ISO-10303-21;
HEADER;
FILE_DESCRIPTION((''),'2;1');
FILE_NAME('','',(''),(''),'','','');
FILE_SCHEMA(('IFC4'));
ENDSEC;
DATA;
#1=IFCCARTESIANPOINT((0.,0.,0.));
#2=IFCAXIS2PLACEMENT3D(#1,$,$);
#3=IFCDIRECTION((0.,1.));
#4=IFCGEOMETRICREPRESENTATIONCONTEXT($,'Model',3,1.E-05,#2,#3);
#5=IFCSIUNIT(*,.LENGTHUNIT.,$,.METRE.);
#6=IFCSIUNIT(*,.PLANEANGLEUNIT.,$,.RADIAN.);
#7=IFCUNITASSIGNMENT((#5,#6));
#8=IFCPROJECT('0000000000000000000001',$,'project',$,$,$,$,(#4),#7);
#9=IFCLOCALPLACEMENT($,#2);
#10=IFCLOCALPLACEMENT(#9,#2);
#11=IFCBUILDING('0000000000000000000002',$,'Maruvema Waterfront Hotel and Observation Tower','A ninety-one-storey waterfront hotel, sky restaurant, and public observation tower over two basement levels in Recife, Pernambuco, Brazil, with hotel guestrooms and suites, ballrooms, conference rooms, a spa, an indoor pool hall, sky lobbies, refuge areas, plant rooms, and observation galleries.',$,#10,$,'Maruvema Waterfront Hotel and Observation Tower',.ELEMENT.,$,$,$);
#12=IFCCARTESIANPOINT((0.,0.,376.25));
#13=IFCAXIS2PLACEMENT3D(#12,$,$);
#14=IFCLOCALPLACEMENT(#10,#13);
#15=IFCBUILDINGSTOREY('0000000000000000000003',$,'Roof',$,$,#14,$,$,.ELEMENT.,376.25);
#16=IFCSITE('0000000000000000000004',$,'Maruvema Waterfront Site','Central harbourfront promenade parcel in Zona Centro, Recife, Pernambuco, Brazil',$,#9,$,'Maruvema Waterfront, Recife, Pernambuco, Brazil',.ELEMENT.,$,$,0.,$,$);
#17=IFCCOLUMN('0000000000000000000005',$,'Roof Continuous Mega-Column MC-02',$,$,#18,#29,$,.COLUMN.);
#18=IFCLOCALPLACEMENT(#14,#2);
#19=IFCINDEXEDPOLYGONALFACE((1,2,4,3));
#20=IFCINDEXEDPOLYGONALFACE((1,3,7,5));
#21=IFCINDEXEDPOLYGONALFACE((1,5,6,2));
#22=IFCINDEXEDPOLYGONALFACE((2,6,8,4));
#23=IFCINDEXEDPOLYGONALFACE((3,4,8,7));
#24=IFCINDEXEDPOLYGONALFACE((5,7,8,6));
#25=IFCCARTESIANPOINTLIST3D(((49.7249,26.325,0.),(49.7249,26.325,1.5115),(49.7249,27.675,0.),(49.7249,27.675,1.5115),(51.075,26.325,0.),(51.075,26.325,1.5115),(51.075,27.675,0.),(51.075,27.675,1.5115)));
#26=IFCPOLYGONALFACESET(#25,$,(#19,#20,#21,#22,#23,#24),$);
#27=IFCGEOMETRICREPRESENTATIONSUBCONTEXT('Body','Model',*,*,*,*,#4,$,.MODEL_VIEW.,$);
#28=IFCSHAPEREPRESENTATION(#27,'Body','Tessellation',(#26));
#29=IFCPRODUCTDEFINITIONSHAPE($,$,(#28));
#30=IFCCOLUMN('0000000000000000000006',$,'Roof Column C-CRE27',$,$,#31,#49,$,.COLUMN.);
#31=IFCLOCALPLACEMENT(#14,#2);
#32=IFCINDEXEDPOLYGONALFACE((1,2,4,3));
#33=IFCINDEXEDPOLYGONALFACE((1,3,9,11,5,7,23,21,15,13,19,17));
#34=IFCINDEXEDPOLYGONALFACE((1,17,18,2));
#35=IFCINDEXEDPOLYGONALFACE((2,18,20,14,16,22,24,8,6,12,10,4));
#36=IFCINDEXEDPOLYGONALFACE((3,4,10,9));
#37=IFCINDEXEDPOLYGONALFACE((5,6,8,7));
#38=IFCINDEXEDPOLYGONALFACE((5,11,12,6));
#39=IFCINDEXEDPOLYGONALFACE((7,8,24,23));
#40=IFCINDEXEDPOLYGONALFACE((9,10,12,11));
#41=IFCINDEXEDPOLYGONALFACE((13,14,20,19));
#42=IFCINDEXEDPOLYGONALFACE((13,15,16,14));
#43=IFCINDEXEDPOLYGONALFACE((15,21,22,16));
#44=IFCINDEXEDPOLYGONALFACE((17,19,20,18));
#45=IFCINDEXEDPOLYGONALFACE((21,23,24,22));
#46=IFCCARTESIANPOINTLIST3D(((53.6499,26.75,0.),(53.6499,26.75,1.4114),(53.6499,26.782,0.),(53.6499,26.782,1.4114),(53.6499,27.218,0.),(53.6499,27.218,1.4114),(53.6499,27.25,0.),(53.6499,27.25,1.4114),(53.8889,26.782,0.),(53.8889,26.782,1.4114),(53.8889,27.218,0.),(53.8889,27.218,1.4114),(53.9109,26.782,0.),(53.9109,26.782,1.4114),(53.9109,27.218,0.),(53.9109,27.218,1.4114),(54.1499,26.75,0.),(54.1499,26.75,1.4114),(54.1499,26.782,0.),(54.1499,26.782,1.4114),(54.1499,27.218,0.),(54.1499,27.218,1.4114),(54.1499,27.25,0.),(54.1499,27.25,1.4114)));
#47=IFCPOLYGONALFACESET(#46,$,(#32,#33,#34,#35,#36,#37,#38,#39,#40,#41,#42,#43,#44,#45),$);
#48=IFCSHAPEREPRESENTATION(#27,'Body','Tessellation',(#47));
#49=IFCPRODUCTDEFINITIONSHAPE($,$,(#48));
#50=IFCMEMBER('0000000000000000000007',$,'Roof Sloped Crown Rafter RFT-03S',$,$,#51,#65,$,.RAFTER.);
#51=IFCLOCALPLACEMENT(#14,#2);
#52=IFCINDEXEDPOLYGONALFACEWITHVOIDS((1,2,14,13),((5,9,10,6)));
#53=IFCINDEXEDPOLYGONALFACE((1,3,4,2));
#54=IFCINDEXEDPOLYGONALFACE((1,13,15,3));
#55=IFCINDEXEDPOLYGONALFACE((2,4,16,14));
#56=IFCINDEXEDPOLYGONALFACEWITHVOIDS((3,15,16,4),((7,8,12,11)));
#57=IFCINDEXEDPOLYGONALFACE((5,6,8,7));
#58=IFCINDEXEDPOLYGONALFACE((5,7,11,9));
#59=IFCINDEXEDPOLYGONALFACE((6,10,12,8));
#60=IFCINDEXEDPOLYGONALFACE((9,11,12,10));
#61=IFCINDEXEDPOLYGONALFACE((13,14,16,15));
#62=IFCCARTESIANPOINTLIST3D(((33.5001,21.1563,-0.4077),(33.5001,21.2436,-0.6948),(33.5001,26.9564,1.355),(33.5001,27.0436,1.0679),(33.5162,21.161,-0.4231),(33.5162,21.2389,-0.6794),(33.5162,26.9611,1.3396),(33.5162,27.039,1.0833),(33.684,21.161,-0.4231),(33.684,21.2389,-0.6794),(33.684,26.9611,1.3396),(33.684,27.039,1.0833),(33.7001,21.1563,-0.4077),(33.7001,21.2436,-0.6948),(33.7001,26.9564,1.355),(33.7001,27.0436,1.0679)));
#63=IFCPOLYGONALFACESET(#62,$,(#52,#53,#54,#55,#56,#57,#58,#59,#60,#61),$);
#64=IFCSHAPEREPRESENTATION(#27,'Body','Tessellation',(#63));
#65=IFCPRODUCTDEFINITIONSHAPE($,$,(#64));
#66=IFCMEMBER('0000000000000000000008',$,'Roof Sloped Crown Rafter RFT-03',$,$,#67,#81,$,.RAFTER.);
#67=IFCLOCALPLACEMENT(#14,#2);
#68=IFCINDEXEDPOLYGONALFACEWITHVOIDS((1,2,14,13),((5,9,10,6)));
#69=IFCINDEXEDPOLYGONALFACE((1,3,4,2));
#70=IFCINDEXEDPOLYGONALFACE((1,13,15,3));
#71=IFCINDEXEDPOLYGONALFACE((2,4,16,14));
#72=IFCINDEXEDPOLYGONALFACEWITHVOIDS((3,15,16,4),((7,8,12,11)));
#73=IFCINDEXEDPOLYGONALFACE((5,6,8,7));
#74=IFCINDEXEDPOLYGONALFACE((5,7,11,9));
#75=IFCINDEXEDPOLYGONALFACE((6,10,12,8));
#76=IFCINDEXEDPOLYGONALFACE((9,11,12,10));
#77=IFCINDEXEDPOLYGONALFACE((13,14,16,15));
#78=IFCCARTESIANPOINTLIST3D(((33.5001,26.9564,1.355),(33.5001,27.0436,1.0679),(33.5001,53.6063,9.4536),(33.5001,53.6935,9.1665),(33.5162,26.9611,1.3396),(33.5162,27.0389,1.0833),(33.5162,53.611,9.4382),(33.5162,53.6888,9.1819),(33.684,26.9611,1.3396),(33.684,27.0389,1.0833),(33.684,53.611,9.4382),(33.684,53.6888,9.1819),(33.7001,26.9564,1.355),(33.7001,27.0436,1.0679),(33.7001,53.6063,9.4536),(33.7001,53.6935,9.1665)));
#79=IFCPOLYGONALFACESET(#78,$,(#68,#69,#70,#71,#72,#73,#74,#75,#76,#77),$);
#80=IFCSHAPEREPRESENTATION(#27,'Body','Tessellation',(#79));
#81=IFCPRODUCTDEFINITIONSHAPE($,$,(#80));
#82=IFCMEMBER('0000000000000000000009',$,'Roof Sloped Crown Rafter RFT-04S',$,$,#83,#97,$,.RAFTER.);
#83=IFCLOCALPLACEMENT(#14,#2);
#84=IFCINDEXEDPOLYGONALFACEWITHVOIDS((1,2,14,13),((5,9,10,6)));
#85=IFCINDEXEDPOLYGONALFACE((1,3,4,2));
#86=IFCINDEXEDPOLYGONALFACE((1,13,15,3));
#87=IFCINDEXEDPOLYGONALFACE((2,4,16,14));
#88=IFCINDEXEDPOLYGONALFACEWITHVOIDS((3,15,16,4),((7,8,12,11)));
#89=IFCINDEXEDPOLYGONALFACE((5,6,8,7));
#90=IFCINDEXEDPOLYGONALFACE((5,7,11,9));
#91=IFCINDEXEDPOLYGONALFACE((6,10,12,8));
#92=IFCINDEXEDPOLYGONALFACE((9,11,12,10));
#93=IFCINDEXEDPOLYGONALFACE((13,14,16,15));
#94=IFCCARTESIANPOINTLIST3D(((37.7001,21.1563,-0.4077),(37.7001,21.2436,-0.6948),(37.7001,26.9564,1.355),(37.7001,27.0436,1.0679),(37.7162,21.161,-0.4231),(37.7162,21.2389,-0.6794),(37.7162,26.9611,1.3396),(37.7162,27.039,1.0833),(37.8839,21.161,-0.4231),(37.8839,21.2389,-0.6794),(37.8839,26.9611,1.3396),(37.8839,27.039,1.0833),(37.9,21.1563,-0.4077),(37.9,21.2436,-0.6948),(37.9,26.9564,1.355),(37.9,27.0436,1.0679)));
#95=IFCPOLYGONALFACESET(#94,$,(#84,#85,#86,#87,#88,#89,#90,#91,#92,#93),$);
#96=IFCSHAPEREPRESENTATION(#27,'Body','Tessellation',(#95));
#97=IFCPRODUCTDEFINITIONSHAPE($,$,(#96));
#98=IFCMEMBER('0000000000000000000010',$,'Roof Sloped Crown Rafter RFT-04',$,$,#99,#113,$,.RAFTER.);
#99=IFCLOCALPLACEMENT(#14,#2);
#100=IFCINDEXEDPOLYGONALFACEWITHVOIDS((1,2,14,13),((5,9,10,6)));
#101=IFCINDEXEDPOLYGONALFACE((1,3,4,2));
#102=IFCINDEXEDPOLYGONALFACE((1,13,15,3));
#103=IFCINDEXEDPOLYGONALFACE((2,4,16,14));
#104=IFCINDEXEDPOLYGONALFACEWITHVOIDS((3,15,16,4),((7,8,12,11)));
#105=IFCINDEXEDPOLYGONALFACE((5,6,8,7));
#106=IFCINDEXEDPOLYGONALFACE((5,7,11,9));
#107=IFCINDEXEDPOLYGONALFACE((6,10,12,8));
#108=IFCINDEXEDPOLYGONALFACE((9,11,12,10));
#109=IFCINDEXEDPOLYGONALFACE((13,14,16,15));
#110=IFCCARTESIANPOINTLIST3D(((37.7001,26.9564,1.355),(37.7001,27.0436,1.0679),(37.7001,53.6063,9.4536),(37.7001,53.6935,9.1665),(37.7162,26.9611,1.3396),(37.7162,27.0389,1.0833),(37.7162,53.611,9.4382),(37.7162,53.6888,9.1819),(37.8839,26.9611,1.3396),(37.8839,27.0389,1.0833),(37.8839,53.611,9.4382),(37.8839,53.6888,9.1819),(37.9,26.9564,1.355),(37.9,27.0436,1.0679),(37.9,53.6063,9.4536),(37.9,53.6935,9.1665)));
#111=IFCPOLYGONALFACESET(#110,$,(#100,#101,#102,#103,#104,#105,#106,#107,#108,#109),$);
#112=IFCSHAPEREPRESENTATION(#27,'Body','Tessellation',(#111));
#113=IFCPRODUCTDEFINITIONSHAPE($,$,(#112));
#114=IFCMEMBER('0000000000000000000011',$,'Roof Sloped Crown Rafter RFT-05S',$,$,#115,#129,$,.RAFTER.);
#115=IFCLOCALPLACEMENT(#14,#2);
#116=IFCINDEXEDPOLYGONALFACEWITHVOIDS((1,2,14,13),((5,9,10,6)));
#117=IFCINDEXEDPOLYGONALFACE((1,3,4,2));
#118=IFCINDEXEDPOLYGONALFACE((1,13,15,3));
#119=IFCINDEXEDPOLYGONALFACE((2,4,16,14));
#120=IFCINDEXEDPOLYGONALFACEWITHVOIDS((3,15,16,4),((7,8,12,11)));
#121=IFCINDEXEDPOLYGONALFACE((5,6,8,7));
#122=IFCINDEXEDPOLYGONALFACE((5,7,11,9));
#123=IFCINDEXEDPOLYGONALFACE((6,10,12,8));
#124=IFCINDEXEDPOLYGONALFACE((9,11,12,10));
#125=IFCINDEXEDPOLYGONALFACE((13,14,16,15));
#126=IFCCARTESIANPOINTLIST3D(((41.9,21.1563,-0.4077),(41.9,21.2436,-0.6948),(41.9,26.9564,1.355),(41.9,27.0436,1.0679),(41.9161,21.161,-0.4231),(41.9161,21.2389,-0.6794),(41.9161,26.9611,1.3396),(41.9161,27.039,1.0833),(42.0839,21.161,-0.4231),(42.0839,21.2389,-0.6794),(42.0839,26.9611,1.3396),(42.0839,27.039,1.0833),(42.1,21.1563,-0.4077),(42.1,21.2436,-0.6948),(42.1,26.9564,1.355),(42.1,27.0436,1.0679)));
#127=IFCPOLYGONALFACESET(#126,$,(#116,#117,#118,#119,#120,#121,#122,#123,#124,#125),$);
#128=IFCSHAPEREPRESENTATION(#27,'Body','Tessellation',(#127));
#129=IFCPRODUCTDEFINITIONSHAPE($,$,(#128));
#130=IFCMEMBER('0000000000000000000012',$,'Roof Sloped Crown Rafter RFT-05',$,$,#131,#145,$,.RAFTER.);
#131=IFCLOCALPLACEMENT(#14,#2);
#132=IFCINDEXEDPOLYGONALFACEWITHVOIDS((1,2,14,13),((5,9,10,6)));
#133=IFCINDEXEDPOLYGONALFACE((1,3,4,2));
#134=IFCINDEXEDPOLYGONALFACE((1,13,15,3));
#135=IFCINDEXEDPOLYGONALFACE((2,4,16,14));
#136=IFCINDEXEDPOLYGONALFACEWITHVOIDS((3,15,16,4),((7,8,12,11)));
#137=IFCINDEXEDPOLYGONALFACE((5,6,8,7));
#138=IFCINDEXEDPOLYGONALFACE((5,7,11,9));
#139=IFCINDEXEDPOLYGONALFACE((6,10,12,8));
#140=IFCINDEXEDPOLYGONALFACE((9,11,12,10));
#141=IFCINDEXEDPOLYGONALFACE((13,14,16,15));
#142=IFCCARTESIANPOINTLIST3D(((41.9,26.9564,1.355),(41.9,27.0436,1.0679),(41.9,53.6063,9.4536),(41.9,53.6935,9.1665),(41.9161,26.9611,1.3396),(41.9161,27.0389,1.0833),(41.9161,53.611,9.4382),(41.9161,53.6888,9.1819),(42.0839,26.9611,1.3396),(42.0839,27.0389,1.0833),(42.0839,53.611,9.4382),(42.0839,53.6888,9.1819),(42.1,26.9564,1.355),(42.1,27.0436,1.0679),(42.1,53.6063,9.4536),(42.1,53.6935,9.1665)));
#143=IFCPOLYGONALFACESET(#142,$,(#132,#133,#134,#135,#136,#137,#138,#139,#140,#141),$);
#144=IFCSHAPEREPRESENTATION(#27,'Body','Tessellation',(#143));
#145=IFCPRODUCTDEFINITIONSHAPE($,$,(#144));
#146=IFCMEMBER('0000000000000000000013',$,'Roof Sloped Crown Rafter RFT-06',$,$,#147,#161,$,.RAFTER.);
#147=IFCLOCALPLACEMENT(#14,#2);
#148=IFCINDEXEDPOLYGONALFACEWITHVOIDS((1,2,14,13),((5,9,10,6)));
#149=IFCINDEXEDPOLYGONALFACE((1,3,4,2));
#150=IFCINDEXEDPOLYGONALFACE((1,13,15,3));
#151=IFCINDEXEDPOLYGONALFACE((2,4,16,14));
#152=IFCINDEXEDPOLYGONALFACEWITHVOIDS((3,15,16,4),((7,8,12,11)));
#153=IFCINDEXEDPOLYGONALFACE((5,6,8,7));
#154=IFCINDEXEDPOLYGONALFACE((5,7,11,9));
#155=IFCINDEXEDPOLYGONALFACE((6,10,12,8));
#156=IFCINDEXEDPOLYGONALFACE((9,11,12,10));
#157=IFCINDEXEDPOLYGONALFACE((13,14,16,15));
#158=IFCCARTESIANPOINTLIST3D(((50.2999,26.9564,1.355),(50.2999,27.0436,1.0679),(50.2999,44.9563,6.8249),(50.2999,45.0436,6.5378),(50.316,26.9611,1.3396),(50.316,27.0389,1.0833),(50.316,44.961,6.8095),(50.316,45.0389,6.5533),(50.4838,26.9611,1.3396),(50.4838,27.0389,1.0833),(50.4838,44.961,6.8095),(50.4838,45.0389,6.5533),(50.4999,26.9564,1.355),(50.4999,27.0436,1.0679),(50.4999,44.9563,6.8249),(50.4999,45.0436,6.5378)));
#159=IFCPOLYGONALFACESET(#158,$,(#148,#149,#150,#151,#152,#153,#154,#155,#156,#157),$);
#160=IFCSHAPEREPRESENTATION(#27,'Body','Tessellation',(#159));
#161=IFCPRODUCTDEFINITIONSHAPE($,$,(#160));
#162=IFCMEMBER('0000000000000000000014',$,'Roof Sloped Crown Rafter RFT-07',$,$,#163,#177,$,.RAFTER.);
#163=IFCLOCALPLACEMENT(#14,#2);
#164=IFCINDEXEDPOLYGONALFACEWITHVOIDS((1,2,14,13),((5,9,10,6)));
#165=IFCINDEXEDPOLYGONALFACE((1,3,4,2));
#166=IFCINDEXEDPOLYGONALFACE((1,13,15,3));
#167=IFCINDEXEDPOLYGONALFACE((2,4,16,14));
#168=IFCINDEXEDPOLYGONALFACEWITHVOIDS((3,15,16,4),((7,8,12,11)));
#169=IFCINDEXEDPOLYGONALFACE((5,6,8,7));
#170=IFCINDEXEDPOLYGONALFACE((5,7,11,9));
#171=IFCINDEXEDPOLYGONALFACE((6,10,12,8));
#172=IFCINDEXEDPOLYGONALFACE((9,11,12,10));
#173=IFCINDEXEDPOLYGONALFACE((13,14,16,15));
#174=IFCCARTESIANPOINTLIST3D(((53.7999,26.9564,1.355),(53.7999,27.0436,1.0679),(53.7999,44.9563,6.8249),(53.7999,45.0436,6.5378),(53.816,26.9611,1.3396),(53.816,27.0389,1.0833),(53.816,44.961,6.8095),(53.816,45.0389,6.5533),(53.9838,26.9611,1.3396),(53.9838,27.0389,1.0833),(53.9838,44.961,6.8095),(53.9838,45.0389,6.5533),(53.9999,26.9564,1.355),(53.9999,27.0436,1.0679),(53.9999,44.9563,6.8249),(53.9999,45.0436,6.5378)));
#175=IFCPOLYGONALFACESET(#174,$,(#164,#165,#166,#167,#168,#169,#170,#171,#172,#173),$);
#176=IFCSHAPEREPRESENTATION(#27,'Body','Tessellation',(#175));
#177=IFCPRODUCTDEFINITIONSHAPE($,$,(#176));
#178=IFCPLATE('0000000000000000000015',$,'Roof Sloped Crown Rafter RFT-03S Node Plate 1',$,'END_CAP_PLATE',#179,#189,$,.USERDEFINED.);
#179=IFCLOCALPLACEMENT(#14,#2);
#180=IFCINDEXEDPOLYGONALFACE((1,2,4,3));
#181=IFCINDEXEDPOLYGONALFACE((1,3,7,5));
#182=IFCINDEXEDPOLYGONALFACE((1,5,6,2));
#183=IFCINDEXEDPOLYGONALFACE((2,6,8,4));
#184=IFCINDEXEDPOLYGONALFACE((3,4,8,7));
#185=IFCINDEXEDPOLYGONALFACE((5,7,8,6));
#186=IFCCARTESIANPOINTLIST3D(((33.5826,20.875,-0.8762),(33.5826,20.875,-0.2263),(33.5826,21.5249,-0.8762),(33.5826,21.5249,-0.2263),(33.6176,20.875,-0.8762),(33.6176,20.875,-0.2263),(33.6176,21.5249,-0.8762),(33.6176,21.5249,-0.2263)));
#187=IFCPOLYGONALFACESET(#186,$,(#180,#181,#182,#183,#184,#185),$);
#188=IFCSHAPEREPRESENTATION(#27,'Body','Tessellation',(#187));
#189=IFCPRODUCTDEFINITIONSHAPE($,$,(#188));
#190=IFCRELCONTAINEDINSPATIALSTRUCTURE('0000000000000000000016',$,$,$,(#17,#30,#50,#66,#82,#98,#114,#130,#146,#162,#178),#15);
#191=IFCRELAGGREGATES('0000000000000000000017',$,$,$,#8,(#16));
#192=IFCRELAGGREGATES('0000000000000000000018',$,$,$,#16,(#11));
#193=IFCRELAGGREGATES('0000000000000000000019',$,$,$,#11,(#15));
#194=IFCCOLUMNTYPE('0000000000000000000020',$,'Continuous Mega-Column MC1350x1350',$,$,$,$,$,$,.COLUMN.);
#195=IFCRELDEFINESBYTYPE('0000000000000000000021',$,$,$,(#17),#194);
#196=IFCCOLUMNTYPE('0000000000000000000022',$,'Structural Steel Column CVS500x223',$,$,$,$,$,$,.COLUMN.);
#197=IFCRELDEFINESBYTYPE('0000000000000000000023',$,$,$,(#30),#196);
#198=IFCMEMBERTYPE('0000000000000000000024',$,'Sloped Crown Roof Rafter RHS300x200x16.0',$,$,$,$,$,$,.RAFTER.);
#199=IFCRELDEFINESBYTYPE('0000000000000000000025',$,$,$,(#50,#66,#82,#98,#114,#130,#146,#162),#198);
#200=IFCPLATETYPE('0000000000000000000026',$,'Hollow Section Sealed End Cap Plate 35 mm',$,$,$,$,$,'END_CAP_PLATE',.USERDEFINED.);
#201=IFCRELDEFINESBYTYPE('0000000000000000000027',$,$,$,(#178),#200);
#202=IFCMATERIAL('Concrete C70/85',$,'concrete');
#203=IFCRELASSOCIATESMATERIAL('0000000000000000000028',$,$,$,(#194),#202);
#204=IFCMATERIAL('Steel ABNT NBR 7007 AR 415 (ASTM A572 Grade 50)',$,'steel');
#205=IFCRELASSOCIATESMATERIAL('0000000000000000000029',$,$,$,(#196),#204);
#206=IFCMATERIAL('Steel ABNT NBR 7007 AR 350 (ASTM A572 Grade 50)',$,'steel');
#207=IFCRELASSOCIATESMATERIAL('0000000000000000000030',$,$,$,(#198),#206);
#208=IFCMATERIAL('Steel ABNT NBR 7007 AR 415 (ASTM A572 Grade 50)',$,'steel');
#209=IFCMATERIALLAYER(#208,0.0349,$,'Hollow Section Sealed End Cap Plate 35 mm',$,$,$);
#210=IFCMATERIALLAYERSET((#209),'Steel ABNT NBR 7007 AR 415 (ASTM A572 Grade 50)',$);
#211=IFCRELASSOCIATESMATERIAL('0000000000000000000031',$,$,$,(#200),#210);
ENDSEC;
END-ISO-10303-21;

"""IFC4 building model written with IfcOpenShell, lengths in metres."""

from ifc_helpers import new_model, si_unit, direction, frame, origin, origin_2d, place, context, subcontext, project, spatial, rectangle, hollow_rectangle, i_section, extrude, material, layer, layer_set, material_profile, profile_set, type_object, element, save


model = new_model("IFC4")

# Units and contexts
model_context = context("Model", 3, precision=1e-05, world=origin(), true_north=direction((0.0, 1.0)))
body_context = subcontext(model_context, "Body", "Model", "MODEL_VIEW")
ifc_project = project(units=[si_unit("LENGTHUNIT", "METRE"), si_unit("PLANEANGLEUNIT", "RADIAN")], contexts=[model_context])

# Site, building, storey
site_placement = place(None, origin())
site = spatial("IfcSite", under=ifc_project, at=site_placement, Name="Maruvema Waterfront Site", Description="Central harbourfront promenade parcel in Zona Centro, Recife, Pernambuco, Brazil", LongName="Maruvema Waterfront, Recife, Pernambuco, Brazil", CompositionType="ELEMENT", RefElevation=0.0)
building_placement = place(site_placement, origin())
building = spatial("IfcBuilding", under=site, at=building_placement, Name="Maruvema Waterfront Hotel and Observation Tower", Description="A ninety-one-storey waterfront hotel, sky restaurant, and public observation tower over two basement levels in Recife, Pernambuco, Brazil, with hotel guestrooms and suites, ballrooms, conference rooms, a spa, an indoor pool hall, sky lobbies, refuge areas, plant rooms, and observation galleries.", LongName="Maruvema Waterfront Hotel and Observation Tower", CompositionType="ELEMENT")
storey_placement = place(building_placement, frame((0.0, 0.0, 376.25)))
storey = spatial("IfcBuildingStorey", under=building, at=storey_placement, Name="Roof", CompositionType="ELEMENT", Elevation=376.25)

# Columns
ifc_material_1 = material(Name="Concrete C70/85", Category="concrete")
ifc_material_profile_1 = material_profile(ifc_material_1, rectangle(XDim=1.3501, YDim=1.3501, at=origin_2d()), Name="MC1350x1350")
ifc_profile_set_1 = profile_set([ifc_material_profile_1], Name="Concrete C70/85")
column_type_1 = type_object("IfcColumnType", Name="Continuous Mega-Column MC1350x1350", PredefinedType="COLUMN", material=ifc_profile_set_1)
column_1_placement = place(storey_placement, frame((50.3999, 27.0, 0.0), z_axis=(0.0, 0.0, 1.0), x_axis=(1.0, 0.0, 0.0)))
element("IfcColumn", 1, at=column_1_placement, inside=storey, type_object=column_type_1, Name="Roof Continuous Mega-Column MC-02", PredefinedType="COLUMN", context=body_context, shape_type="SweptSolid", body=[
    extrude(rectangle(XDim=1.3501, YDim=1.3501, at=origin_2d()), origin(), (0.0, 0.0, 1.0), 1.5115),
])
ifc_material_2 = material(Name="Steel ABNT NBR 7007 AR 415 (ASTM A572 Grade 50)", Category="steel")
ifc_material_profile_2 = material_profile(ifc_material_2, i_section(OverallWidth=0.5, OverallDepth=0.5, WebThickness=0.022, FlangeThickness=0.032, at=origin_2d()), Name="CVS500x223")
ifc_profile_set_2 = profile_set([ifc_material_profile_2], Name="Steel ABNT NBR 7007 AR 415 (ASTM A572 Grade 50)")
column_type_2 = type_object("IfcColumnType", Name="Structural Steel Column CVS500x223", PredefinedType="COLUMN", material=ifc_profile_set_2)
column_2_placement = place(storey_placement, frame((53.8999, 27.0, 0.0), z_axis=(0.0, 0.0, 1.0), x_axis=(1.0, 0.0, 0.0)))
element("IfcColumn", 2, at=column_2_placement, inside=storey, type_object=column_type_2, Name="Roof Column C-CRE27", PredefinedType="COLUMN", context=body_context, shape_type="SweptSolid", body=[
    extrude(i_section(OverallWidth=0.5, OverallDepth=0.5, WebThickness=0.022, FlangeThickness=0.032, at=origin_2d()), origin(), (0.0, 0.0, 1.0), 1.4114),
])

# Members
ifc_material_3 = material(Name="Steel ABNT NBR 7007 AR 350 (ASTM A572 Grade 50)", Category="steel")
ifc_material_profile_3 = material_profile(ifc_material_3, hollow_rectangle(XDim=0.2, YDim=0.3, WallThickness=0.0161, at=origin_2d()), Name="RHS300x200x16.0")
ifc_profile_set_3 = profile_set([ifc_material_profile_3], Name="Steel ABNT NBR 7007 AR 350 (ASTM A572 Grade 50)")
member_type = type_object("IfcMemberType", Name="Sloped Crown Roof Rafter RHS300x200x16.0", PredefinedType="RAFTER", material=ifc_profile_set_3)
member_1_placement = place(storey_placement, frame((33.6001, 21.2, -0.5513), z_axis=(0.0, 0.95679, 0.290779), x_axis=(-1.0, 0.0, 0.0)))
element("IfcMember", 3, at=member_1_placement, inside=storey, type_object=member_type, Name="Roof Sloped Crown Rafter RFT-03S", PredefinedType="RAFTER", context=body_context, shape_type="SweptSolid", body=[
    extrude(hollow_rectangle(XDim=0.2, YDim=0.3, WallThickness=0.0161, at=origin_2d()), origin(), (0.0, 0.0, 1.0), 6.062),
])
member_2_placement = place(storey_placement, frame((33.6001, 27.0, 1.2114), z_axis=(0.0, 0.956796, 0.29076), x_axis=(-1.0, 0.0, 0.0)))
element("IfcMember", 4, at=member_2_placement, inside=storey, type_object=member_type, Name="Roof Sloped Crown Rafter RFT-03", PredefinedType="RAFTER", context=body_context, shape_type="SweptSolid", body=[
    extrude(hollow_rectangle(XDim=0.2, YDim=0.3, WallThickness=0.0161, at=origin_2d()), origin(), (0.0, 0.0, 1.0), 27.8533),
])
member_3_placement = place(storey_placement, frame((37.8, 21.2, -0.5513), z_axis=(0.0, 0.95679, 0.290779), x_axis=(-1.0, 0.0, 0.0)))
element("IfcMember", 5, at=member_3_placement, inside=storey, type_object=member_type, Name="Roof Sloped Crown Rafter RFT-04S", PredefinedType="RAFTER", context=body_context, shape_type="SweptSolid", body=[
    extrude(hollow_rectangle(XDim=0.2, YDim=0.3, WallThickness=0.0161, at=origin_2d()), origin(), (0.0, 0.0, 1.0), 6.062),
])
member_4_placement = place(storey_placement, frame((37.8, 27.0, 1.2114), z_axis=(0.0, 0.956796, 0.29076), x_axis=(-1.0, 0.0, 0.0)))
element("IfcMember", 6, at=member_4_placement, inside=storey, type_object=member_type, Name="Roof Sloped Crown Rafter RFT-04", PredefinedType="RAFTER", context=body_context, shape_type="SweptSolid", body=[
    extrude(hollow_rectangle(XDim=0.2, YDim=0.3, WallThickness=0.0161, at=origin_2d()), origin(), (0.0, 0.0, 1.0), 27.8533),
])
member_5_placement = place(storey_placement, frame((42.0, 21.2, -0.5513), z_axis=(0.0, 0.95679, 0.290779), x_axis=(-1.0, 0.0, 0.0)))
element("IfcMember", 7, at=member_5_placement, inside=storey, type_object=member_type, Name="Roof Sloped Crown Rafter RFT-05S", PredefinedType="RAFTER", context=body_context, shape_type="SweptSolid", body=[
    extrude(hollow_rectangle(XDim=0.2, YDim=0.3, WallThickness=0.0161, at=origin_2d()), origin(), (0.0, 0.0, 1.0), 6.062),
])
member_6_placement = place(storey_placement, frame((42.0, 27.0, 1.2114), z_axis=(0.0, 0.956796, 0.29076), x_axis=(-1.0, 0.0, 0.0)))
element("IfcMember", 8, at=member_6_placement, inside=storey, type_object=member_type, Name="Roof Sloped Crown Rafter RFT-05", PredefinedType="RAFTER", context=body_context, shape_type="SweptSolid", body=[
    extrude(hollow_rectangle(XDim=0.2, YDim=0.3, WallThickness=0.0161, at=origin_2d()), origin(), (0.0, 0.0, 1.0), 27.8533),
])
for number, where, z_axis, x_axis, name in (
    (9, (50.3999, 27.0, 1.2114), (0.0, 0.956797, 0.290758), (-1.0, 0.0, 0.0), "Roof Sloped Crown Rafter RFT-06"),
    (10, (53.8999, 27.0, 1.2114), (0.0, 0.956797, 0.290758), (-1.0, 0.0, 0.0), "Roof Sloped Crown Rafter RFT-07"),
):
    element("IfcMember", number, at=place(storey_placement, frame(where, z_axis=z_axis, x_axis=x_axis)), inside=storey, type_object=member_type, Name=name, PredefinedType="RAFTER", context=body_context, shape_type="SweptSolid", body=[
        extrude(hollow_rectangle(XDim=0.2, YDim=0.3, WallThickness=0.0161, at=origin_2d()), origin(), (0.0, 0.0, 1.0), 18.8127),
    ])

# Plate
ifc_material_4 = material(Name="Steel ABNT NBR 7007 AR 415 (ASTM A572 Grade 50)", Category="steel")
ifc_layer_1 = layer(ifc_material_4, 0.0349, Name="Hollow Section Sealed End Cap Plate 35 mm")
ifc_layer_set_1 = layer_set([ifc_layer_1], Name="Steel ABNT NBR 7007 AR 415 (ASTM A572 Grade 50)")
plate_type = type_object("IfcPlateType", Name="Hollow Section Sealed End Cap Plate 35 mm", ElementType="END_CAP_PLATE", PredefinedType="USERDEFINED", material=ifc_layer_set_1)
for number, where, z_axis, x_axis, name in (
    (11, (33.6001, 21.2, -0.8762), (0.0, 0.0, 1.0), (0.0, 1.0, 0.0), "Roof Sloped Crown Rafter RFT-03S Node Plate 1"),
):
    element("IfcPlate", number, at=place(storey_placement, frame(where, z_axis=z_axis, x_axis=x_axis)), inside=storey, type_object=plate_type, Name=name, ObjectType="END_CAP_PLATE", PredefinedType="USERDEFINED", context=body_context, shape_type="SweptSolid", body=[
        extrude(rectangle(XDim=0.6499, YDim=0.0349, at=origin_2d()), origin(), (0.0, 0.0, 1.0), 0.6499),
    ])

save(model, "model.ifc")
